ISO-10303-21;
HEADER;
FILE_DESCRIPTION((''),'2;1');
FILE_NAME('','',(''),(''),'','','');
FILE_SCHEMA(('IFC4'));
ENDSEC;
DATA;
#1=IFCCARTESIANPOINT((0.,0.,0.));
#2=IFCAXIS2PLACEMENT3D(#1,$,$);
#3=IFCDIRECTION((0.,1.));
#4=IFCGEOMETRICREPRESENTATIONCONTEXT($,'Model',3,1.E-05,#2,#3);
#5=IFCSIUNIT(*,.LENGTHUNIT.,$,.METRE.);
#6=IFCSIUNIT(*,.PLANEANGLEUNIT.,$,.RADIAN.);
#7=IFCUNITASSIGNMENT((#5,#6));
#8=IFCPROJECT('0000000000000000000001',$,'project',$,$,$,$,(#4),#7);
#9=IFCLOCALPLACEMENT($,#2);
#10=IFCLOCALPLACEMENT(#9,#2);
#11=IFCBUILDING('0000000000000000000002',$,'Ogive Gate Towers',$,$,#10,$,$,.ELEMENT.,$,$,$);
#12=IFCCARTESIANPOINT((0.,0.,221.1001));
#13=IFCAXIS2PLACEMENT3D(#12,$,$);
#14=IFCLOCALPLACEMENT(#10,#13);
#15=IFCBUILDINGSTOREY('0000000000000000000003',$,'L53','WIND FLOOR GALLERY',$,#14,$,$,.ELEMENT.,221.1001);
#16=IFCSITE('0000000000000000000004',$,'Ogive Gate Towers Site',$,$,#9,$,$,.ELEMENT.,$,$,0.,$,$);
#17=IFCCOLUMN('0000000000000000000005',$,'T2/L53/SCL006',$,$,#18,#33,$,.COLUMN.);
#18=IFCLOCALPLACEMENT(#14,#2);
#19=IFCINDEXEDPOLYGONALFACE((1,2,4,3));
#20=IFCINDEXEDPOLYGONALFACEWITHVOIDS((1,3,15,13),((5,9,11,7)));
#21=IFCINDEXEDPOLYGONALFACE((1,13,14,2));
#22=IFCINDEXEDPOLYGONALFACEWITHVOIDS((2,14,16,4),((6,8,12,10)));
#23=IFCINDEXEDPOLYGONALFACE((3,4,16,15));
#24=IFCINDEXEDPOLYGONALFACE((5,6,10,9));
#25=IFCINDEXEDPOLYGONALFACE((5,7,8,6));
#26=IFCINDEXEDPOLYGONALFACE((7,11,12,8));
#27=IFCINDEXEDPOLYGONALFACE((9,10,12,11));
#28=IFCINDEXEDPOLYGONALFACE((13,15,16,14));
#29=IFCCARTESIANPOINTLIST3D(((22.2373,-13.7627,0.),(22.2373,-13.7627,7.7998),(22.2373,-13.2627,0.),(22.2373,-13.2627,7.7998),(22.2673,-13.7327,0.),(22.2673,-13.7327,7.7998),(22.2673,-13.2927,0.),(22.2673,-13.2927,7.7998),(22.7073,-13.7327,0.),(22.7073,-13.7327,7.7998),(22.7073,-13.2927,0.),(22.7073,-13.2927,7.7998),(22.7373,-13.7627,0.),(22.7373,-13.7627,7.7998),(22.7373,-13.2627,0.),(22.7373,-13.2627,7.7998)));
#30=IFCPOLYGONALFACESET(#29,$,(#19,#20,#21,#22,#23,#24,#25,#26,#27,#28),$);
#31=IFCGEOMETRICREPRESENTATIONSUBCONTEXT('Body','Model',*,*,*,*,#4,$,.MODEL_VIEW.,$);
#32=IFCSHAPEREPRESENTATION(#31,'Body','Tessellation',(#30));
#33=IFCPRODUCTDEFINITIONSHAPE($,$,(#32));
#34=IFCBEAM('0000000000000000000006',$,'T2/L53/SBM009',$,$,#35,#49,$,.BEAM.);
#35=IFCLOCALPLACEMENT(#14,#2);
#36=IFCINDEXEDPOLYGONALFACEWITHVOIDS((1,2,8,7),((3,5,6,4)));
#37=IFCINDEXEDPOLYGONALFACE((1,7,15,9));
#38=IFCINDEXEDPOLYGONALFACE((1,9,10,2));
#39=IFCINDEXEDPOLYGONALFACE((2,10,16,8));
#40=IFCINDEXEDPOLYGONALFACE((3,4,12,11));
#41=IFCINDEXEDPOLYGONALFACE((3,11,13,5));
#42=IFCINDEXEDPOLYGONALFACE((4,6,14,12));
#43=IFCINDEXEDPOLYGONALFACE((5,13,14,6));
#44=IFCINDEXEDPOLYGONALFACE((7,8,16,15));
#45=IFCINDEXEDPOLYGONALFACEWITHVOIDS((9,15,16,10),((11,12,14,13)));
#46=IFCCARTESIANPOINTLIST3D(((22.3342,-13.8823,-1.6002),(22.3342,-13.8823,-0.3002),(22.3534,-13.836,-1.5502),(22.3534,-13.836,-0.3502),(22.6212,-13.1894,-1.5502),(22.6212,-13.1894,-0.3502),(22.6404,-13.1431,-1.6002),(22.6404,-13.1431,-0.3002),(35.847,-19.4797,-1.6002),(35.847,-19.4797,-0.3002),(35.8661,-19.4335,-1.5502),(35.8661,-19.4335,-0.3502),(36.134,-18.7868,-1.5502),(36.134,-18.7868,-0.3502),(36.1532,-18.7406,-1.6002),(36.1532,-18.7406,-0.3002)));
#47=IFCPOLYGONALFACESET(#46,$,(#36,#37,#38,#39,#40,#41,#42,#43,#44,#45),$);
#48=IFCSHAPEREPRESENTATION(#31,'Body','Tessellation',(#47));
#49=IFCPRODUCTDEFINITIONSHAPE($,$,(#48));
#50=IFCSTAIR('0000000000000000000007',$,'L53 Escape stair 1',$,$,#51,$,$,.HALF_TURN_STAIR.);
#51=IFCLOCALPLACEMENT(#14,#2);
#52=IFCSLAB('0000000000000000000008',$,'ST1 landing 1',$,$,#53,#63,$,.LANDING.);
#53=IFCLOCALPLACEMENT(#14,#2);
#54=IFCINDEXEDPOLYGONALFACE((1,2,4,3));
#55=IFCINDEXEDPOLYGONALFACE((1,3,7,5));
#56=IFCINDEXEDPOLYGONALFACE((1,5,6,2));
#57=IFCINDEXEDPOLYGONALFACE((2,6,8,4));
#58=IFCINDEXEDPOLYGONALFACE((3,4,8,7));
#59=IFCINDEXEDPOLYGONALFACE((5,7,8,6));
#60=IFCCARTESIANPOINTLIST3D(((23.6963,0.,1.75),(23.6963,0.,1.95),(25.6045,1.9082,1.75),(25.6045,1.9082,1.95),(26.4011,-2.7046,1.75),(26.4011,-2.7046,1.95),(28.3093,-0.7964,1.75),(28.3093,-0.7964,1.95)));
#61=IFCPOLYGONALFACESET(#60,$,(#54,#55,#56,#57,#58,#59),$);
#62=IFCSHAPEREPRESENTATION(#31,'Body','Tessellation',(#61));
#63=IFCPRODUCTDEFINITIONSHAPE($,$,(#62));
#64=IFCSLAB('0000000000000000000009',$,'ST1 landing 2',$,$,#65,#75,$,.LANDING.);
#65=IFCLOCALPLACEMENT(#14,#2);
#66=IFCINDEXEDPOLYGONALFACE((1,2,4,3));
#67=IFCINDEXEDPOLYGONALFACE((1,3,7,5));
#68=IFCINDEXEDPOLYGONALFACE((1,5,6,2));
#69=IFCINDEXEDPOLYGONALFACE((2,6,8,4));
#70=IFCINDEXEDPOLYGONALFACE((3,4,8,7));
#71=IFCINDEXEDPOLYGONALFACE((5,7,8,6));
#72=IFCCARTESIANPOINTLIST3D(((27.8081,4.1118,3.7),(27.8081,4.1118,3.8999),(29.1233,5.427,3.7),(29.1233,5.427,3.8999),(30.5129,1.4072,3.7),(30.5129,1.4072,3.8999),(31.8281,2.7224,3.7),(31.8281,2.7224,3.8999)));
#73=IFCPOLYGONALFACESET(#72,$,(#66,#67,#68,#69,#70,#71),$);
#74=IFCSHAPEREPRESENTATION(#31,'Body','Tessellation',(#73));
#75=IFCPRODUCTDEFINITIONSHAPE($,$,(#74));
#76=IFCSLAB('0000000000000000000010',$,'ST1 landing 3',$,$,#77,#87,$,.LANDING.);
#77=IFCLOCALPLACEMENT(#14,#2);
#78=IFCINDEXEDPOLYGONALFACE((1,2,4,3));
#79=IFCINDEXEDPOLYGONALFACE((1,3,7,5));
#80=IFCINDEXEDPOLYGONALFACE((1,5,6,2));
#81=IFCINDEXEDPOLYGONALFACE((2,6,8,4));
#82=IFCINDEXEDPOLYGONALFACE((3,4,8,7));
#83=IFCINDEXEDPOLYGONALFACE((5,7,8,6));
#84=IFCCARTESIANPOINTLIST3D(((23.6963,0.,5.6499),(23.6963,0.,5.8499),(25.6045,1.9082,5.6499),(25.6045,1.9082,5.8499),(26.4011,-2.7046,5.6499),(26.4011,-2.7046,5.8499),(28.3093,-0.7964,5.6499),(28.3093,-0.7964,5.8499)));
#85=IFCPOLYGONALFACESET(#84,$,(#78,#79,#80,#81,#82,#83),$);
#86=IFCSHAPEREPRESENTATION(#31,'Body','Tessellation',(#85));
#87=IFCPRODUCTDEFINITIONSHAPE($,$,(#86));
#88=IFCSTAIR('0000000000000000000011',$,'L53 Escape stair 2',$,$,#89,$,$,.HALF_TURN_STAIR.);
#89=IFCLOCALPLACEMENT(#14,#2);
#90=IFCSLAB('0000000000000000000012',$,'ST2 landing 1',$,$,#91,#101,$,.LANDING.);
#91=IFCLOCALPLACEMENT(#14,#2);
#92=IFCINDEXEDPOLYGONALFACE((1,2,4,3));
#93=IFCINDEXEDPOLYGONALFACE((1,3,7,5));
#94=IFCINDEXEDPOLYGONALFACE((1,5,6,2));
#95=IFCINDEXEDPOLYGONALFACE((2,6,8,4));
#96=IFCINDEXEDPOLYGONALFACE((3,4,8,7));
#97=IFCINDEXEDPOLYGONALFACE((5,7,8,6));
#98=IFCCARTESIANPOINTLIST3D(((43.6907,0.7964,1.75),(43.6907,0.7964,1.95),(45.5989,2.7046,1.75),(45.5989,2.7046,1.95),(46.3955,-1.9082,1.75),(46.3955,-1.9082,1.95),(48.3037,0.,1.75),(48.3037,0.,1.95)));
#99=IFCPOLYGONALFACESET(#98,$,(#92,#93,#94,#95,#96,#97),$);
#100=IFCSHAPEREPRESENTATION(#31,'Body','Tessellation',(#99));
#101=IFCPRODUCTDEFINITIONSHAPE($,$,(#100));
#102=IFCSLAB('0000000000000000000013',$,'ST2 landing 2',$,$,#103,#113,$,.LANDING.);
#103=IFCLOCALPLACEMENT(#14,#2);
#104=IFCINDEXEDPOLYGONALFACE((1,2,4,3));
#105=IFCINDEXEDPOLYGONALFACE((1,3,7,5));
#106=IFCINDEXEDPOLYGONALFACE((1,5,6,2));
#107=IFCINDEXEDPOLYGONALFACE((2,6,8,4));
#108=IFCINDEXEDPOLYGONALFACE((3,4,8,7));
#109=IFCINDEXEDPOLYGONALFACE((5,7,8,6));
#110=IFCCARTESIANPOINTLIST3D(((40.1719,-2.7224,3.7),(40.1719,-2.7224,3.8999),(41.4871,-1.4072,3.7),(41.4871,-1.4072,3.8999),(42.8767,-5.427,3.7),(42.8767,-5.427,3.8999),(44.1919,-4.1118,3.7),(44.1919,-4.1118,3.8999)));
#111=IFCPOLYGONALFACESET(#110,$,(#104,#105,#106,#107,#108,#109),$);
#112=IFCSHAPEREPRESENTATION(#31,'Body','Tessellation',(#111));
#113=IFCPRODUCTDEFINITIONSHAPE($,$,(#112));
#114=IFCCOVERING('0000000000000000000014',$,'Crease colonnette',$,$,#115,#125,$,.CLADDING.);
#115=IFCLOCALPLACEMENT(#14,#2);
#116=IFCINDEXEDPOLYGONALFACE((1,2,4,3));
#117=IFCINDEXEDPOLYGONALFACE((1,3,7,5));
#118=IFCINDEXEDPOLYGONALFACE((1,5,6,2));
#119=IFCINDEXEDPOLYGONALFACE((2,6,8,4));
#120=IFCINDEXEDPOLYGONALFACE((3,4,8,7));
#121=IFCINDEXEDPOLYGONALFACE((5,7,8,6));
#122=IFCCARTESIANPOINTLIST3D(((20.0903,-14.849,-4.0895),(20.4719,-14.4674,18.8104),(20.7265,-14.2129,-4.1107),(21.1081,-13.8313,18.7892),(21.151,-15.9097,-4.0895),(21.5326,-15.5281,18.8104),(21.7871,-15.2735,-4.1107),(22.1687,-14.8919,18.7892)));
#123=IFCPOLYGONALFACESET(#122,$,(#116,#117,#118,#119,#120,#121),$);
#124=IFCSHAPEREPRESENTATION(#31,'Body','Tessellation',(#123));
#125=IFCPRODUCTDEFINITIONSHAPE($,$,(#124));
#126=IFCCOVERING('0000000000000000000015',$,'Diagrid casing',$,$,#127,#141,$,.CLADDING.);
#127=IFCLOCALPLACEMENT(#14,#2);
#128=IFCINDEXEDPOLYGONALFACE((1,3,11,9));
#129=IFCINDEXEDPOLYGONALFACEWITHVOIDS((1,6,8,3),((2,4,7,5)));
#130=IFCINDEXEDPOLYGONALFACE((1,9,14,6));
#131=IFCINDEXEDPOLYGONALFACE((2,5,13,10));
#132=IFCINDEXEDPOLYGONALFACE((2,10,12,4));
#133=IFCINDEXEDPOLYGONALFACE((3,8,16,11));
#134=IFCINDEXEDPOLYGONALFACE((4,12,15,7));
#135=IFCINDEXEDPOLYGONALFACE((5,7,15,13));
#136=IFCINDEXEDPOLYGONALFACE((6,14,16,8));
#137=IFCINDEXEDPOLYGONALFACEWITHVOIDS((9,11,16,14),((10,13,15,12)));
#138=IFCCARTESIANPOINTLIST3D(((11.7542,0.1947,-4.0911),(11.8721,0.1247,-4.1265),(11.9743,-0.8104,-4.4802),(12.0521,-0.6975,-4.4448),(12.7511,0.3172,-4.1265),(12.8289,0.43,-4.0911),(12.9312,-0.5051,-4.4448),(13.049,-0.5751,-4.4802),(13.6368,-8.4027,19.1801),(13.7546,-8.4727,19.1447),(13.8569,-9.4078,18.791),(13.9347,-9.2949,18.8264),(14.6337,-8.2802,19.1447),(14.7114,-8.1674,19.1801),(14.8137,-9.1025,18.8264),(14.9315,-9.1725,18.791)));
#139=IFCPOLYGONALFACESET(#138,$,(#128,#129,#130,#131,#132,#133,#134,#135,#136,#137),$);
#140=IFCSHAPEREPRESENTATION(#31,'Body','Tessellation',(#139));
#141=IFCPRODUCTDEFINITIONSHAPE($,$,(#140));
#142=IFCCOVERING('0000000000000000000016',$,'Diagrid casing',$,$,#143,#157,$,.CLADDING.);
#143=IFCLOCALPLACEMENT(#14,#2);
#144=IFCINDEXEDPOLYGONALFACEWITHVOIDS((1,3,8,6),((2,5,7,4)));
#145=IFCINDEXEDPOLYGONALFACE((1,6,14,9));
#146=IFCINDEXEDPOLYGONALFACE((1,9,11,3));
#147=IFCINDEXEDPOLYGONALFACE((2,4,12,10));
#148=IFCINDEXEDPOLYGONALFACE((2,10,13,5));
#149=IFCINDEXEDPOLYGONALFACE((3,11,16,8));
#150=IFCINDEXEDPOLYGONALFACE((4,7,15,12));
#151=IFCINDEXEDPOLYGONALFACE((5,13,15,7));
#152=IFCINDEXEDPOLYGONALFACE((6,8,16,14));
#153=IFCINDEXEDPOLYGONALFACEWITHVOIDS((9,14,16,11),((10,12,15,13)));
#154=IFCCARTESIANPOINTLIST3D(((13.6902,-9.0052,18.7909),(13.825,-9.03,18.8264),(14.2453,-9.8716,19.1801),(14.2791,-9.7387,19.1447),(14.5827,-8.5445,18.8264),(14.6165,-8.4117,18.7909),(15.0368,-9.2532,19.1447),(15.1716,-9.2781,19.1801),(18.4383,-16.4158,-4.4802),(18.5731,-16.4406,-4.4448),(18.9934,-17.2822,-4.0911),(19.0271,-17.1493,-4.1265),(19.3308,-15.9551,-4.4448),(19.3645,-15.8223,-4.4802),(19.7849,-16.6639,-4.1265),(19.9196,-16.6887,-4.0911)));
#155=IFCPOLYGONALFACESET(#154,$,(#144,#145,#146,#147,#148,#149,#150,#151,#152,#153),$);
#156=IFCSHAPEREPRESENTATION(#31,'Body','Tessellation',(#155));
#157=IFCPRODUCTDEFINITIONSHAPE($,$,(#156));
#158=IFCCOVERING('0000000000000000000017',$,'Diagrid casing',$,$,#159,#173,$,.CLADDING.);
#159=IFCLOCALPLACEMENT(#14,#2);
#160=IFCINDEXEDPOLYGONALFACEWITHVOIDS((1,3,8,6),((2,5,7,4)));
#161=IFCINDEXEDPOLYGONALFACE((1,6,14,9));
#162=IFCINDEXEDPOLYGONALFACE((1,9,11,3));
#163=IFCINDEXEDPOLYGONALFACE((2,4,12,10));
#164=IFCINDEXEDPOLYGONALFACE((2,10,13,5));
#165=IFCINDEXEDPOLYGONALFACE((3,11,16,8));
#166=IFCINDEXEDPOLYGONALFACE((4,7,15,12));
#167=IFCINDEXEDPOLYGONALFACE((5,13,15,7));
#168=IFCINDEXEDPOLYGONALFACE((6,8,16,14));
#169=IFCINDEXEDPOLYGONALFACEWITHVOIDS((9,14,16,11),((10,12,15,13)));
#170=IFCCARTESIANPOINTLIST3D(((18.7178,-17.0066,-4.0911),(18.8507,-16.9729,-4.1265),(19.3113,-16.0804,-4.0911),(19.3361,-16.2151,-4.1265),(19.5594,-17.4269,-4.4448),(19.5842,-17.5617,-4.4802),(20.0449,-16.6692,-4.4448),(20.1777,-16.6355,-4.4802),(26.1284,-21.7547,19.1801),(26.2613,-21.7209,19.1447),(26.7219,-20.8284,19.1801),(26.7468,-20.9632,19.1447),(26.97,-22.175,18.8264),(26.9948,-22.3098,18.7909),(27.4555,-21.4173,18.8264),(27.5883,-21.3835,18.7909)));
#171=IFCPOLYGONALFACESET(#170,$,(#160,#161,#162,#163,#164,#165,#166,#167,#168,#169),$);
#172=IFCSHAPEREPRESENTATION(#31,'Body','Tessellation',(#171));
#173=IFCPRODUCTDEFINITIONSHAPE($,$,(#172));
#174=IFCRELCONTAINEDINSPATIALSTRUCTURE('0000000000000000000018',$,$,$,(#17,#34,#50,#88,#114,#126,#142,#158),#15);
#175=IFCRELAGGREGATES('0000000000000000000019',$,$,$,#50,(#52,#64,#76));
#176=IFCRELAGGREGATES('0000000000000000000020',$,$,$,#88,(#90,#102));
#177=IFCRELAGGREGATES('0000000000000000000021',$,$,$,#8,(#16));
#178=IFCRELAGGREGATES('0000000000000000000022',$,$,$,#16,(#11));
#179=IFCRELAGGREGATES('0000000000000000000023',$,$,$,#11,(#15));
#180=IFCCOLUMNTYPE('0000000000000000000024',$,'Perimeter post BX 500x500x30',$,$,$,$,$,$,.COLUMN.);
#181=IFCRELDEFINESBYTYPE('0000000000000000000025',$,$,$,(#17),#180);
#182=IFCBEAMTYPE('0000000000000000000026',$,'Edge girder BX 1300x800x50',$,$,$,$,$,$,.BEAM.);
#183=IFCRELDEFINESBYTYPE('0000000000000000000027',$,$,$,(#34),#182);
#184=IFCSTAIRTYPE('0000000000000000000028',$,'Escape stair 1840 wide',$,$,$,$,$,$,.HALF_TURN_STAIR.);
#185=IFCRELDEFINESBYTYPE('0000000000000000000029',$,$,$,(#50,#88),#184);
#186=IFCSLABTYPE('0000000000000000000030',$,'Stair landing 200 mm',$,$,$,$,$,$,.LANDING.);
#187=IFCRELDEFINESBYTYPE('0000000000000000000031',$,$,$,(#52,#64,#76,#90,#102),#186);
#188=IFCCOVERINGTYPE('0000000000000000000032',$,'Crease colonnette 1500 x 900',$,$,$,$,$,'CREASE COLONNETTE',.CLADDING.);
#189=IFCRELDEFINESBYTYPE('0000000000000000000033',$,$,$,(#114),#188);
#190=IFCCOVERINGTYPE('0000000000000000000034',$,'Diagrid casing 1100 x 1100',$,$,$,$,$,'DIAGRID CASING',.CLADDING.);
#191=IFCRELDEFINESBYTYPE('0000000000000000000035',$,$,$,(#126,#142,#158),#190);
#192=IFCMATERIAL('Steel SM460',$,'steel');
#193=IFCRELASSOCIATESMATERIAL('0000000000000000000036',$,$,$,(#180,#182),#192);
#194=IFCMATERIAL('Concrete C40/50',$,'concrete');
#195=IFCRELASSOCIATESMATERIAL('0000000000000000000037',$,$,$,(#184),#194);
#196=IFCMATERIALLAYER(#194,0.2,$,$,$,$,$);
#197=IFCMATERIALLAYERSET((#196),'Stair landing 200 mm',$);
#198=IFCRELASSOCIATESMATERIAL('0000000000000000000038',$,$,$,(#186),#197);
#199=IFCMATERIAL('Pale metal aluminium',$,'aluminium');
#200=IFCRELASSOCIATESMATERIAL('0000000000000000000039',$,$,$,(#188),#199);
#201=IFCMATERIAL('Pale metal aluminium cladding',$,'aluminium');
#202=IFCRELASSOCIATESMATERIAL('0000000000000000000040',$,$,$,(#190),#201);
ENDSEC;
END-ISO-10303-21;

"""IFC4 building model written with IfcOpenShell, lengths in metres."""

from ifc_helpers import new_model, si_unit, direction, frame, origin, origin_2d, place, context, subcontext, project, spatial, polyline, rectangle, hollow_rectangle, outline, extrude, material, layer, layer_set, material_profile, profile_set, type_object, element, aggregate, save


model = new_model("IFC4")

# Units and contexts
model_context = context("Model", 3, precision=1e-05, world=origin(), true_north=direction((0.0, 1.0)))
body_context = subcontext(model_context, "Body", "Model", "MODEL_VIEW")
ifc_project = project(units=[si_unit("LENGTHUNIT", "METRE"), si_unit("PLANEANGLEUNIT", "RADIAN")], contexts=[model_context])

# Site, building, storey
site_placement = place(None, origin())
site = spatial("IfcSite", under=ifc_project, at=site_placement, Name="Ogive Gate Towers Site", CompositionType="ELEMENT", RefElevation=0.0)
building_placement = place(site_placement, origin())
building = spatial("IfcBuilding", under=site, at=building_placement, Name="Ogive Gate Towers", CompositionType="ELEMENT")
storey_placement = place(building_placement, frame((0.0, 0.0, 221.1001)))
storey = spatial("IfcBuildingStorey", under=building, at=storey_placement, Name="L53", Description="WIND FLOOR GALLERY", CompositionType="ELEMENT", Elevation=221.1001)

# Column
ifc_material_1 = material(Name="Steel SM460", Category="steel")
ifc_material_profile_1 = material_profile(ifc_material_1, hollow_rectangle(XDim=0.5, YDim=0.5, WallThickness=0.03, at=origin_2d()), Name="BX 500x500x30")
ifc_profile_set_1 = profile_set([ifc_material_profile_1], Name="Steel SM460")
column_type = type_object("IfcColumnType", Name="Perimeter post BX 500x500x30", PredefinedType="COLUMN", material=ifc_profile_set_1)
column_placement = place(storey_placement, frame((22.4873, -13.5127, 0.0), z_axis=(0.0, 0.0, 1.0), x_axis=(1.0, 0.0, 0.0)))
element("IfcColumn", 1, at=column_placement, inside=storey, type_object=column_type, Name="T2/L53/SCL006", PredefinedType="COLUMN", context=body_context, shape_type="SweptSolid", body=[
    extrude(hollow_rectangle(XDim=0.5, YDim=0.5, WallThickness=0.03, at=origin_2d()), origin(), (0.0, 0.0, 1.0), 7.7998),
])

# Beam
ifc_material_profile_2 = material_profile(ifc_material_1, hollow_rectangle(XDim=0.8, YDim=1.3, WallThickness=0.05, at=origin_2d()), Name="BX 1300x800x50")
ifc_profile_set_2 = profile_set([ifc_material_profile_2], Name="Steel SM460")
beam_type = type_object("IfcBeamType", Name="Edge girder BX 1300x800x50", PredefinedType="BEAM", material=ifc_profile_set_2)
beam_placement = place(storey_placement, frame((22.4873, -13.5127, -0.9502), z_axis=(0.923873, -0.382699, 0.0), x_axis=(0.382699, 0.923873, 0.0)))
element("IfcBeam", 2, at=beam_placement, inside=storey, type_object=beam_type, Name="T2/L53/SBM009", PredefinedType="BEAM", context=body_context, shape_type="SweptSolid", body=[
    extrude(hollow_rectangle(XDim=0.8, YDim=1.3, WallThickness=0.05, at=origin_2d()), origin(), (0.0, 0.0, 1.0), 14.6262),
])

# Stairs, slabs
ifc_material_2 = material(Name="Concrete C40/50", Category="concrete")
stair_type = type_object("IfcStairType", Name="Escape stair 1840 wide", PredefinedType="HALF_TURN_STAIR", material=ifc_material_2)
stair_1_placement = place(storey_placement, origin())
stair_1 = element("IfcStair", 3, at=stair_1_placement, inside=storey, type_object=stair_type, Name="L53 Escape stair 1", PredefinedType="HALF_TURN_STAIR")
ifc_layer = layer(ifc_material_2, 0.2)
ifc_layer_set = layer_set([ifc_layer], Name="Stair landing 200 mm")
slab_type = type_object("IfcSlabType", Name="Stair landing 200 mm", PredefinedType="LANDING", material=ifc_layer_set)
slab_1_placement = place(storey_placement, frame((0.0, 0.0, 1.75)))
slab_1 = element("IfcSlab", 4, at=slab_1_placement, type_object=slab_type, Name="ST1 landing 1", PredefinedType="LANDING", context=body_context, shape_type="SweptSolid", body=[
    extrude(outline(polyline([(25.6045, 1.9082), (23.6963, 0.0), (26.4011, -2.7046), (28.3093, -0.7964), (25.6045, 1.9082)])), origin(), (0.0, 0.0, 1.0), 0.2),
])
slab_2_placement = place(storey_placement, frame((0.0, 0.0, 3.7)))
slab_2 = element("IfcSlab", 5, at=slab_2_placement, type_object=slab_type, Name="ST1 landing 2", PredefinedType="LANDING", context=body_context, shape_type="SweptSolid", body=[
    extrude(outline(polyline([(29.1233, 5.427), (27.8081, 4.1118), (30.5129, 1.4072), (31.8281, 2.7224), (29.1233, 5.427)])), origin(), (0.0, 0.0, 1.0), 0.2),
])
slab_3_placement = place(storey_placement, frame((0.0, 0.0, 5.6499)))
slab_3 = element("IfcSlab", 6, at=slab_3_placement, type_object=slab_type, Name="ST1 landing 3", PredefinedType="LANDING", context=body_context, shape_type="SweptSolid", body=[
    extrude(outline(polyline([(25.6045, 1.9082), (23.6963, 0.0), (26.4011, -2.7046), (28.3093, -0.7964), (25.6045, 1.9082)])), origin(), (0.0, 0.0, 1.0), 0.2),
])
aggregate(stair_1, [slab_1, slab_2, slab_3])
stair_2_placement = place(storey_placement, origin())
stair_2 = element("IfcStair", 7, at=stair_2_placement, inside=storey, type_object=stair_type, Name="L53 Escape stair 2", PredefinedType="HALF_TURN_STAIR")
slab_4_placement = place(storey_placement, frame((0.0, 0.0, 1.75)))
slab_4 = element("IfcSlab", 8, at=slab_4_placement, type_object=slab_type, Name="ST2 landing 1", PredefinedType="LANDING", context=body_context, shape_type="SweptSolid", body=[
    extrude(outline(polyline([(46.3955, -1.9082), (48.3037, 0.0), (45.5989, 2.7046), (43.6907, 0.7964), (46.3955, -1.9082)])), origin(), (0.0, 0.0, 1.0), 0.2),
])
slab_5_placement = place(storey_placement, frame((0.0, 0.0, 3.7)))
slab_5 = element("IfcSlab", 9, at=slab_5_placement, type_object=slab_type, Name="ST2 landing 2", PredefinedType="LANDING", context=body_context, shape_type="SweptSolid", body=[
    extrude(outline(polyline([(42.8767, -5.427), (44.1919, -4.1118), (41.4871, -1.4072), (40.1719, -2.7224), (42.8767, -5.427)])), origin(), (0.0, 0.0, 1.0), 0.2),
])
aggregate(stair_2, [slab_4, slab_5])

# Coverings
ifc_material_3 = material(Name="Pale metal aluminium", Category="aluminium")
ifc_material_profile_3 = material_profile(ifc_material_3, rectangle(XDim=1.5, YDim=0.8999, at=origin_2d()), Name="1500 x 900 pale metal aluminium")
ifc_profile_set_3 = profile_set([ifc_material_profile_3], Name="Pale metal aluminium")
covering_type_1 = type_object("IfcCoveringType", Name="Crease colonnette 1500 x 900", ElementType="CREASE COLONNETTE", PredefinedType="CLADDING", material=ifc_profile_set_3)
covering_placement = place(storey_placement, frame((20.9387, -15.0613, -4.1001), z_axis=(0.016659, 0.016659, 0.999722), x_axis=(-0.707107, 0.707107, 0.0)))
element("IfcCovering", 10, at=covering_placement, inside=storey, type_object=covering_type_1, Name="Crease colonnette", PredefinedType="CLADDING", context=body_context, shape_type="SweptSolid", body=[
    extrude(rectangle(XDim=1.5, YDim=0.8999, at=origin_2d()), origin(), (0.0, 0.0, 1.0), 22.9062),
])
ifc_material_4 = material(Name="Pale metal aluminium cladding", Category="aluminium")
ifc_material_profile_4 = material_profile(ifc_material_4, hollow_rectangle(XDim=1.1001, YDim=1.1001, WallThickness=0.1001, at=origin_2d()), Name="1100 x 1100 pale metal casing")
ifc_profile_set_4 = profile_set([ifc_material_profile_4], Name="Pale metal aluminium cladding")
covering_type_2 = type_object("IfcCoveringType", Name="Diagrid casing 1100 x 1100", ElementType="DIAGRID CASING", PredefinedType="CLADDING", material=ifc_profile_set_4)
for number, where, z_axis, x_axis, name in (
    (11, (12.4016, -0.1902, -4.2856), (0.075666, -0.345556, 0.935342), (0.976855, 0.213901, 0.0), "Diagrid casing"),
    (12, (19.179, -16.5522, -4.2856), (-0.190838, 0.297856, 0.935341), (-0.842001, -0.539476, 0.0), "Diagrid casing"),
    (13, (19.4478, -16.821, -4.2856), (0.297856, -0.190838, 0.935341), (0.539476, 0.842001, 0.0), "Diagrid casing"),
):
    element("IfcCovering", number, at=place(storey_placement, frame(where, z_axis=z_axis, x_axis=x_axis)), inside=storey, type_object=covering_type_2, Name=name, PredefinedType="CLADDING", context=body_context, shape_type="SweptSolid", body=[
        extrude(hollow_rectangle(XDim=1.1001, YDim=1.1001, WallThickness=0.1001, at=origin_2d()), origin(), (0.0, 0.0, 1.0), 24.8799),
    ])

save(model, "model.ifc")
